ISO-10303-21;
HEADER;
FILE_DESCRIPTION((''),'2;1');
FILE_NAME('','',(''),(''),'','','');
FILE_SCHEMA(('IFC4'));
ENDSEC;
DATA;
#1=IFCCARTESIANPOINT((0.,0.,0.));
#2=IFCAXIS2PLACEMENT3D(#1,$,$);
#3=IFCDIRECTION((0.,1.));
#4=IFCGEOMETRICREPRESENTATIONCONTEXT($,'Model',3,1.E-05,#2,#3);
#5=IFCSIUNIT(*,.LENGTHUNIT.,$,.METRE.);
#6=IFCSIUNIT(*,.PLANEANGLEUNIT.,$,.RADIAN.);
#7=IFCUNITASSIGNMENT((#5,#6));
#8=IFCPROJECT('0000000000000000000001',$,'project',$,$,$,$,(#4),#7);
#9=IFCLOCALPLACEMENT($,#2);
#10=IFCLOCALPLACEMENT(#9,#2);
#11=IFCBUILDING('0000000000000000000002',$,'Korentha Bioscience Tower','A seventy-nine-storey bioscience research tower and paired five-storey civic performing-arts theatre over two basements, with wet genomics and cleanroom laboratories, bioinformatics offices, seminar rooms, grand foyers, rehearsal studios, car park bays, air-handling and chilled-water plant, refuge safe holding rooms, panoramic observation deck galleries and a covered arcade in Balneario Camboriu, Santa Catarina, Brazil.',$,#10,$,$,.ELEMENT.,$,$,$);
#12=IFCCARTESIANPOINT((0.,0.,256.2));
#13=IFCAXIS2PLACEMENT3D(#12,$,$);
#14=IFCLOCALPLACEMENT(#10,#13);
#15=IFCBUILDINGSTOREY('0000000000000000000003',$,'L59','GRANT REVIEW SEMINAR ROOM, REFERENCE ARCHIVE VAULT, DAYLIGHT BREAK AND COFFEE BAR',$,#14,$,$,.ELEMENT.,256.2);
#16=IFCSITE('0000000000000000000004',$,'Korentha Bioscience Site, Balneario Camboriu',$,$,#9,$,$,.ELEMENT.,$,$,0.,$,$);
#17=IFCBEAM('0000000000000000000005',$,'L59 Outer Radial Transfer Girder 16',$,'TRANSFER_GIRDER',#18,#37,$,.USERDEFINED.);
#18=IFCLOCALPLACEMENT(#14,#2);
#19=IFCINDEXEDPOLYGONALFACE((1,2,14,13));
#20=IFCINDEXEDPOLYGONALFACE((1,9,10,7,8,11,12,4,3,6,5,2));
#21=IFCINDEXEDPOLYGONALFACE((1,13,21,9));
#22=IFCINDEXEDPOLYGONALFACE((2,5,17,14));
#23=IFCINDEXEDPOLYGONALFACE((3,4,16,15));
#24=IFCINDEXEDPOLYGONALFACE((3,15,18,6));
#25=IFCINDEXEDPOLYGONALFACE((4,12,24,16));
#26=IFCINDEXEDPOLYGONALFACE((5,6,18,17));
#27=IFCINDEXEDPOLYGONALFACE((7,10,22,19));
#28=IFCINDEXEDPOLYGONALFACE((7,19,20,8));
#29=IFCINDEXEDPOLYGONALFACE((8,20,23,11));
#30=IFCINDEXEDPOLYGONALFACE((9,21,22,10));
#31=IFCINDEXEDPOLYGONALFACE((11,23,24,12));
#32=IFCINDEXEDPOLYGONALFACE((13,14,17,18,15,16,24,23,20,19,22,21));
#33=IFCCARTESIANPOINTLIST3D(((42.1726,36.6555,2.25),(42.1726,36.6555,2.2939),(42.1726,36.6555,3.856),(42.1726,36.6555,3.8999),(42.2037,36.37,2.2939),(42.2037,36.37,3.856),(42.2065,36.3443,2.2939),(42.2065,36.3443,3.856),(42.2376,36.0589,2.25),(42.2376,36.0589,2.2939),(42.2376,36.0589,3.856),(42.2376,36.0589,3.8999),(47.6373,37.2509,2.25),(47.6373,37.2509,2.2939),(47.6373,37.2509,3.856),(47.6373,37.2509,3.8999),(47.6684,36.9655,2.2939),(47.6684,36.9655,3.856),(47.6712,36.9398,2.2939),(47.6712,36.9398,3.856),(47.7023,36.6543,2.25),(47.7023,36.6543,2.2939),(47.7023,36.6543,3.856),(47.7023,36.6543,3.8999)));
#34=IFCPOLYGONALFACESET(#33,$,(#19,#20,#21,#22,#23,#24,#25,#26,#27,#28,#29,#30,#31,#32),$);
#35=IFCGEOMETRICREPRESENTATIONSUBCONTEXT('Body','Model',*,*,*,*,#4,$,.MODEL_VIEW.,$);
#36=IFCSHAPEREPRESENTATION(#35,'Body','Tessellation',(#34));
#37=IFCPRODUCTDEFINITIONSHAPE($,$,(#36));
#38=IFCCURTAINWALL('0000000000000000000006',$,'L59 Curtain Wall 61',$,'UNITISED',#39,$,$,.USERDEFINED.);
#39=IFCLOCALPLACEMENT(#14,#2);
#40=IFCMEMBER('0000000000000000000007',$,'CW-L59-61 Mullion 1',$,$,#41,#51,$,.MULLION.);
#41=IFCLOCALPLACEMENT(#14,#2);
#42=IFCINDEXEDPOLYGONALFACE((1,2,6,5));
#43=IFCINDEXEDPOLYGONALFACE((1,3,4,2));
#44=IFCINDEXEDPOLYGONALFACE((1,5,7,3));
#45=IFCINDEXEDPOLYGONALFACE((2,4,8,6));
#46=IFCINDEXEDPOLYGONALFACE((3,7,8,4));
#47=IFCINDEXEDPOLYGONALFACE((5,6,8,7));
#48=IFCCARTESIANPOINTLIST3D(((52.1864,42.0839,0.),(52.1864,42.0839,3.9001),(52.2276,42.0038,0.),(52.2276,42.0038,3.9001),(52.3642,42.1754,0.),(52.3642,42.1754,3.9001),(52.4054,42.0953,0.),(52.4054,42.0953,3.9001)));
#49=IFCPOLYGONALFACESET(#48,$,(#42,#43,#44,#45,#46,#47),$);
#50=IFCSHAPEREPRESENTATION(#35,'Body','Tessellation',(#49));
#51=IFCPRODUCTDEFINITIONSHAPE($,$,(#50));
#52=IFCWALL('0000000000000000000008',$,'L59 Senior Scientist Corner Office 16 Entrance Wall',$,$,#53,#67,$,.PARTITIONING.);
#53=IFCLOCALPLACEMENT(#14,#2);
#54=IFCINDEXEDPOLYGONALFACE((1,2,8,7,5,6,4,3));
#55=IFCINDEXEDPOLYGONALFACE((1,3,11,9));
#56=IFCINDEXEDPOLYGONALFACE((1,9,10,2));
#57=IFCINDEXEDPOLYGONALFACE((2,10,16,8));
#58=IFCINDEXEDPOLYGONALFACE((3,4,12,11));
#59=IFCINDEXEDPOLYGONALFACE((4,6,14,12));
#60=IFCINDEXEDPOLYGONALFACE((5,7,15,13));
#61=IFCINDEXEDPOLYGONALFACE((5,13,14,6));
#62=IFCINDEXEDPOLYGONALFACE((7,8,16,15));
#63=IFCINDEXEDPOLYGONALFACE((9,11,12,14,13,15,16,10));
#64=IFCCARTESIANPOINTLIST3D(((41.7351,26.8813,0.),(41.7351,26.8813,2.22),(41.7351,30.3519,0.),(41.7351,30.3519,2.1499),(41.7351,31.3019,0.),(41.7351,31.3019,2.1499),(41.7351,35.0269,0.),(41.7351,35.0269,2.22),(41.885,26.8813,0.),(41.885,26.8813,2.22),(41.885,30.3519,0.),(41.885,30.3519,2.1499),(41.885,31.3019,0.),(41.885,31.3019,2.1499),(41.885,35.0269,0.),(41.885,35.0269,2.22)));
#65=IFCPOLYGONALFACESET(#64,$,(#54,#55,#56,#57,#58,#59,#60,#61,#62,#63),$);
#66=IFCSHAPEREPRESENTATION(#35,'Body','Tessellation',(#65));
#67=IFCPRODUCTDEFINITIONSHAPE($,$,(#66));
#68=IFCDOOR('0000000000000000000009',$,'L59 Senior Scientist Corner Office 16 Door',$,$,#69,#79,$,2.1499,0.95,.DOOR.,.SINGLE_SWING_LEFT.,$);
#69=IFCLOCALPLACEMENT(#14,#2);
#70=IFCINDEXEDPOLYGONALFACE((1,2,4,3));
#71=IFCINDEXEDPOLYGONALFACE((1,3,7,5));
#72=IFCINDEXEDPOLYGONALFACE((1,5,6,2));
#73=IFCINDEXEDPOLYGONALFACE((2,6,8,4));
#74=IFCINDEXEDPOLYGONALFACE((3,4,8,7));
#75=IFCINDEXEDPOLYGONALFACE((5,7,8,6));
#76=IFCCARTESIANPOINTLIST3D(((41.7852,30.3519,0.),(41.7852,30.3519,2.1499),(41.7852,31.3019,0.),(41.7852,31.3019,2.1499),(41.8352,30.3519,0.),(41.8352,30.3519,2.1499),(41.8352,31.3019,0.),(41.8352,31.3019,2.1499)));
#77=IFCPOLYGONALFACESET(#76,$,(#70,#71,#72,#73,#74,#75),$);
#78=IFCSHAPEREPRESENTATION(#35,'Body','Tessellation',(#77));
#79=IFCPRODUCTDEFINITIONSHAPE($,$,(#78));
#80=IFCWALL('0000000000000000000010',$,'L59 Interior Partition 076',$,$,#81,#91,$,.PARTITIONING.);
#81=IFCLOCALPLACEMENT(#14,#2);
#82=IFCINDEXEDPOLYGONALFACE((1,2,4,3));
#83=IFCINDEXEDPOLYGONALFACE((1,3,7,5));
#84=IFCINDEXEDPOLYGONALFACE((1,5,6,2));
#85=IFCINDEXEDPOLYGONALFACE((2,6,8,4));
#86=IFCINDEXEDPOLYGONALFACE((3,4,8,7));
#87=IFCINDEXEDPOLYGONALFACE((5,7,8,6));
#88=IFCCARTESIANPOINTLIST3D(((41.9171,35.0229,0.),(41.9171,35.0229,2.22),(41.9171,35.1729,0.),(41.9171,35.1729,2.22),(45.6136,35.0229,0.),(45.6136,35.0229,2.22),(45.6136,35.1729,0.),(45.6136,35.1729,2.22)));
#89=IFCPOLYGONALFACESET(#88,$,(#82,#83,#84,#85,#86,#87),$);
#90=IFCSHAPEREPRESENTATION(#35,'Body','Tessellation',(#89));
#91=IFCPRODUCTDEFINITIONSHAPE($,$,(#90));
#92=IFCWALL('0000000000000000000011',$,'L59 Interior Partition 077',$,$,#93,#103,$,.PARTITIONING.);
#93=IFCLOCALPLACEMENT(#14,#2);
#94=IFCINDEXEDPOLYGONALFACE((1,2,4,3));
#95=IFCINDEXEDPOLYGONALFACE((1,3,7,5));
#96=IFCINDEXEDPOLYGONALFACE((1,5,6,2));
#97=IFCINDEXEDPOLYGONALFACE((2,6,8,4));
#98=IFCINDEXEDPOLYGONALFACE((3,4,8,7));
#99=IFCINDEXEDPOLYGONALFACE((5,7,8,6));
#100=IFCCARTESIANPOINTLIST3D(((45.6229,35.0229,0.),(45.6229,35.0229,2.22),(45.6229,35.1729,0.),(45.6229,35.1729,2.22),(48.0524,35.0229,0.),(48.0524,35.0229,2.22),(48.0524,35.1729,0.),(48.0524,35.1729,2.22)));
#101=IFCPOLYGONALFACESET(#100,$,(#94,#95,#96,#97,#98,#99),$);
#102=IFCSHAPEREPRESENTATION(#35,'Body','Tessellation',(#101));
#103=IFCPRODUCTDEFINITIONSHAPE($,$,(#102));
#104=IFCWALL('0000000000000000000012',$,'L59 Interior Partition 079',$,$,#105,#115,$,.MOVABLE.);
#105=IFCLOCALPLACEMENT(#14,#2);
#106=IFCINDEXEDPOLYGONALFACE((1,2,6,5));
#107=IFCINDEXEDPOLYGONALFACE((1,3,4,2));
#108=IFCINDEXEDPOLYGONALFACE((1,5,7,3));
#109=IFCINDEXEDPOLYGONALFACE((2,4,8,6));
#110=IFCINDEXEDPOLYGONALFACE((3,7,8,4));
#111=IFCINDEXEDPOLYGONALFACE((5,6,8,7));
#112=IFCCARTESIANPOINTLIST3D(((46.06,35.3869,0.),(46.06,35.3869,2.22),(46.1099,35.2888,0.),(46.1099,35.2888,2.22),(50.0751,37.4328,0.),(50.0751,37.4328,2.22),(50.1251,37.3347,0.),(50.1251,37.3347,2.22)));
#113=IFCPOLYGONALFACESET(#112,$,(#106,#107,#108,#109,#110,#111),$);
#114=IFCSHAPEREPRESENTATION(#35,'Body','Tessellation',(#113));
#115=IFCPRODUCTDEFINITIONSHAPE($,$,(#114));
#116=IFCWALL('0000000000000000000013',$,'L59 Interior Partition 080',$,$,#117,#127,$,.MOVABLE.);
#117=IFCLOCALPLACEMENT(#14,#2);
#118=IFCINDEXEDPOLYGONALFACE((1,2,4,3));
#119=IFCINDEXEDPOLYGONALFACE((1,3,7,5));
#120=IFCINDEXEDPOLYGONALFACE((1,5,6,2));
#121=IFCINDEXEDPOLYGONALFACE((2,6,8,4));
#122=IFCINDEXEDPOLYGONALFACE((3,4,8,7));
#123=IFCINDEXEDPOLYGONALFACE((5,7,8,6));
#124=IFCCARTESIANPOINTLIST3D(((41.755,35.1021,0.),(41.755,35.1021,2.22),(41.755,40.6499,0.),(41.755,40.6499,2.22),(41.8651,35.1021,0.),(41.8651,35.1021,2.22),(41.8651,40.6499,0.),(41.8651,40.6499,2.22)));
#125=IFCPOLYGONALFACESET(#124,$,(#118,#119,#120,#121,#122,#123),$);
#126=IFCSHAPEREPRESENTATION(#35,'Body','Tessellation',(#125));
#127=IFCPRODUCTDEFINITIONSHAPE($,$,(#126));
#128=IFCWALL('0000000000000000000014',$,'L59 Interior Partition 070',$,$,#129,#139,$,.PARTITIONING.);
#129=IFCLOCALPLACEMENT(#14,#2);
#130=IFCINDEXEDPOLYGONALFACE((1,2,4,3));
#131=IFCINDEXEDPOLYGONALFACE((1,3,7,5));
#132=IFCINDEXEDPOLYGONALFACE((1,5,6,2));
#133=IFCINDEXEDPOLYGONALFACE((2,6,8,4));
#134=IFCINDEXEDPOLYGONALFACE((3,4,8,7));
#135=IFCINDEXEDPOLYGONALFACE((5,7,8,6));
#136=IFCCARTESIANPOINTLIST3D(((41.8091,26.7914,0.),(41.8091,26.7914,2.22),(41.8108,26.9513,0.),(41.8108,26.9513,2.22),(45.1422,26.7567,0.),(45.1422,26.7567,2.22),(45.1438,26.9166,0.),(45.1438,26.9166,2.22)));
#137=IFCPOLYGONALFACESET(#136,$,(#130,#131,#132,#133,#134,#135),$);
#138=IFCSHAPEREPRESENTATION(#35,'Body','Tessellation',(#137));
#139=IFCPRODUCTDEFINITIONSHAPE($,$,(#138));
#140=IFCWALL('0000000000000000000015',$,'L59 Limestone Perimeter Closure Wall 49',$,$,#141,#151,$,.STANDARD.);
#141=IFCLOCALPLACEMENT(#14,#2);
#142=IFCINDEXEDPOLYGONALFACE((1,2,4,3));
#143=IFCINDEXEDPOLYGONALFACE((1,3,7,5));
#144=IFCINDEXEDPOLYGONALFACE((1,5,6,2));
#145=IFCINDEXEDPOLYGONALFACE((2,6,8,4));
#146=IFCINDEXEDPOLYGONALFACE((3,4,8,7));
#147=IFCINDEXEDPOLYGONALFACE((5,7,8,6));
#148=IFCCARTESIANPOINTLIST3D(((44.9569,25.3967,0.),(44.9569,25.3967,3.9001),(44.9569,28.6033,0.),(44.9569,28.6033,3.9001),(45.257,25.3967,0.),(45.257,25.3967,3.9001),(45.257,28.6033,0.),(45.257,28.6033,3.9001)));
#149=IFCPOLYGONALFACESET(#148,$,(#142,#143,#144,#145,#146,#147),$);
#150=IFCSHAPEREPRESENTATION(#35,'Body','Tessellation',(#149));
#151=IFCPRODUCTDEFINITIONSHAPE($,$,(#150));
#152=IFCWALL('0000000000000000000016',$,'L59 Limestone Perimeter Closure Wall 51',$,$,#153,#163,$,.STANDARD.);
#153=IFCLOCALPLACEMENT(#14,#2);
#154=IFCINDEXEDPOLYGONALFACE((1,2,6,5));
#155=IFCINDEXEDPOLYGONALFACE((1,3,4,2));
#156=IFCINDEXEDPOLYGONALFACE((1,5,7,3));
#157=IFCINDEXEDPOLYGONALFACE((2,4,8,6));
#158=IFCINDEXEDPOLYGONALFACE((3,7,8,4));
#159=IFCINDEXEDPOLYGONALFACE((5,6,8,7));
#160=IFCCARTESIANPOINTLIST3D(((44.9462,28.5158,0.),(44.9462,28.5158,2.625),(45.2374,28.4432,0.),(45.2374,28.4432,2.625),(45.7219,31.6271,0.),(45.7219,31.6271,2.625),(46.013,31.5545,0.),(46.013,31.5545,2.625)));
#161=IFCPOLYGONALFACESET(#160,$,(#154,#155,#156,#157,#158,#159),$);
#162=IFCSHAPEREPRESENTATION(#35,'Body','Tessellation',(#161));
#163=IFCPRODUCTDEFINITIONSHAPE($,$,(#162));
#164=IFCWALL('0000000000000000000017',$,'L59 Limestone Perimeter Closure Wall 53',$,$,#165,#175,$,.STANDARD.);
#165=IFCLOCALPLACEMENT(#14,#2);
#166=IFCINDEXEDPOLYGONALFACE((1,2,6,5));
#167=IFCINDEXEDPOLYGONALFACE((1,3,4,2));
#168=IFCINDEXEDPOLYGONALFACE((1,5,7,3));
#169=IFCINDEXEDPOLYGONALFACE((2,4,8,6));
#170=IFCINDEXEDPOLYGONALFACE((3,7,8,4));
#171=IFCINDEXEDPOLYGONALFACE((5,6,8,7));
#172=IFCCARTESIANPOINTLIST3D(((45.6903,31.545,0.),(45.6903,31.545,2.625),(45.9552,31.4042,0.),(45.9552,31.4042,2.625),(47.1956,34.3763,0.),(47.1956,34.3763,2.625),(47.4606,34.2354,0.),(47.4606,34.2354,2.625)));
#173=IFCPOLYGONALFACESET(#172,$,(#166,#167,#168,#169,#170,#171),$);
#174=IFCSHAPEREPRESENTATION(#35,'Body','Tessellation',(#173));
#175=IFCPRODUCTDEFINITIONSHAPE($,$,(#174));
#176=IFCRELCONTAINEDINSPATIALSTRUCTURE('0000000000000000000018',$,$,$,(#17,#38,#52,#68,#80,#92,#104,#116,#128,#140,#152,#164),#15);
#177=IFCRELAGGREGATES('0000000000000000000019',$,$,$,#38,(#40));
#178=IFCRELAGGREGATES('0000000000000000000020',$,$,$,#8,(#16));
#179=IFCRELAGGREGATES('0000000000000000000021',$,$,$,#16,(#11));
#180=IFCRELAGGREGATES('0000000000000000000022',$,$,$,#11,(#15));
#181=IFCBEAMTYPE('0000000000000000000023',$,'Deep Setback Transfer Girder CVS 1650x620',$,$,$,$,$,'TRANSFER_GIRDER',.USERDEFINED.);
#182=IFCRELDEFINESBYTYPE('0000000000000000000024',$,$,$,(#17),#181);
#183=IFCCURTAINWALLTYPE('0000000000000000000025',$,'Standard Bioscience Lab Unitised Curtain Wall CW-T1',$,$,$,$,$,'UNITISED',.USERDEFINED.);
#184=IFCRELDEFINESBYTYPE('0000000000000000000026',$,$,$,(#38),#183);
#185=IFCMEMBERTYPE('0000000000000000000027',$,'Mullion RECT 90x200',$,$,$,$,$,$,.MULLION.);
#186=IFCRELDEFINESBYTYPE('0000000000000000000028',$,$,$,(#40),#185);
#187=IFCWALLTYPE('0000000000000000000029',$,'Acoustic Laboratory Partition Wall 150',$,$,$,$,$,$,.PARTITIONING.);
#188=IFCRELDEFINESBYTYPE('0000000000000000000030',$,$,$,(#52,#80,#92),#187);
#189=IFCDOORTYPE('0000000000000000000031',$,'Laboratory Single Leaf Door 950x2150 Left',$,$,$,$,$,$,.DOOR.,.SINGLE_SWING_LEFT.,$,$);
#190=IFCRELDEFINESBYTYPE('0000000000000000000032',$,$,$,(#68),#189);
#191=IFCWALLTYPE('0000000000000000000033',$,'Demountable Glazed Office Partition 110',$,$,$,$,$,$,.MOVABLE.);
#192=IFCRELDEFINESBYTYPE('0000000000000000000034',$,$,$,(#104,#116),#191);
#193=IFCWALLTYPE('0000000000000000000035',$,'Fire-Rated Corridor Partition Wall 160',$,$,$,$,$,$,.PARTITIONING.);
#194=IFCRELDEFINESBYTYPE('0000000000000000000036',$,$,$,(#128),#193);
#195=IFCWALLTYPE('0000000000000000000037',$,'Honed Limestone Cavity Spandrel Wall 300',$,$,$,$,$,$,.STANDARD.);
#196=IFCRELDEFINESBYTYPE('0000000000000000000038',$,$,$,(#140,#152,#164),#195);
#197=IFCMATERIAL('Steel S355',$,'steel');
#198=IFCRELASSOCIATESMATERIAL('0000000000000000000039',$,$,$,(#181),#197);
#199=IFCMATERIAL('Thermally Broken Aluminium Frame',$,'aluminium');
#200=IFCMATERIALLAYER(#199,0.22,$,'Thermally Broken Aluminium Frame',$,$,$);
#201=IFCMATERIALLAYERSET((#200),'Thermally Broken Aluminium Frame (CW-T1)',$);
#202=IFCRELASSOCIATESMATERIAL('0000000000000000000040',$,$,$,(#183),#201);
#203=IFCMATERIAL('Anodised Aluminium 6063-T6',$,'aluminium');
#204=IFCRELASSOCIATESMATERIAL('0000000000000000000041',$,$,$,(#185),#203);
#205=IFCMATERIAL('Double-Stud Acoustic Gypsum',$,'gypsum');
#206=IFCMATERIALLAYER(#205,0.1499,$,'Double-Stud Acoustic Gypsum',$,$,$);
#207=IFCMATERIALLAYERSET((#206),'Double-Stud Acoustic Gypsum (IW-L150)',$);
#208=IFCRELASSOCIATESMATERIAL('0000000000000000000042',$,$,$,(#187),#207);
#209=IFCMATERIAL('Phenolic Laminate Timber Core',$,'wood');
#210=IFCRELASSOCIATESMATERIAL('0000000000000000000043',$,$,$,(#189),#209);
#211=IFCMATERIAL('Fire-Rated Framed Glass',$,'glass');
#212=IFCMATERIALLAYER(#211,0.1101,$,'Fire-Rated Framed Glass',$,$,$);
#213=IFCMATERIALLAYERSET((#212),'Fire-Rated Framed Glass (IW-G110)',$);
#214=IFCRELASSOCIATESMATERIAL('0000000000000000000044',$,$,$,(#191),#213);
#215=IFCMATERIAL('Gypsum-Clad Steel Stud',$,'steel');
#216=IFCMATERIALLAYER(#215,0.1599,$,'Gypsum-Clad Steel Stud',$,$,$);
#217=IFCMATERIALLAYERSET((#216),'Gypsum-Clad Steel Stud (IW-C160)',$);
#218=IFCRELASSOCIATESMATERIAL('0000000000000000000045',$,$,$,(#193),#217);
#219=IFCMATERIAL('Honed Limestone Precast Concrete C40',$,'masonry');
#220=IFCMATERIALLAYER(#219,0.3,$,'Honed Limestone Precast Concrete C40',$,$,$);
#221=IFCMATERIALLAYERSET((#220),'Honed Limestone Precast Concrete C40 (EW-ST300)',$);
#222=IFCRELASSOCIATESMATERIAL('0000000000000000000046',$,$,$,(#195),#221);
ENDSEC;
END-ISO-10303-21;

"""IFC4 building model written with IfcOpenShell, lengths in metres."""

from ifc_helpers import new_model, si_unit, direction, frame, frame_2d, origin, origin_2d, place, context, subcontext, project, spatial, rectangle, i_section, extrude, material, layer, layer_set, material_profile, profile_set, type_object, element, fill, aggregate, save


model = new_model("IFC4")

# Units and contexts
model_context = context("Model", 3, precision=1e-05, world=origin(), true_north=direction((0.0, 1.0)))
body_context = subcontext(model_context, "Body", "Model", "MODEL_VIEW")
ifc_project = project(units=[si_unit("LENGTHUNIT", "METRE"), si_unit("PLANEANGLEUNIT", "RADIAN")], contexts=[model_context])

# Site, building, storey
site_placement = place(None, origin())
site = spatial("IfcSite", under=ifc_project, at=site_placement, Name="Korentha Bioscience Site, Balneario Camboriu", CompositionType="ELEMENT", RefElevation=0.0)
building_placement = place(site_placement, origin())
building = spatial("IfcBuilding", under=site, at=building_placement, Name="Korentha Bioscience Tower", Description="A seventy-nine-storey bioscience research tower and paired five-storey civic performing-arts theatre over two basements, with wet genomics and cleanroom laboratories, bioinformatics offices, seminar rooms, grand foyers, rehearsal studios, car park bays, air-handling and chilled-water plant, refuge safe holding rooms, panoramic observation deck galleries and a covered arcade in Balneario Camboriu, Santa Catarina, Brazil.", CompositionType="ELEMENT")
storey_placement = place(building_placement, frame((0.0, 0.0, 256.2)))
storey = spatial("IfcBuildingStorey", under=building, at=storey_placement, Name="L59", Description="GRANT REVIEW SEMINAR ROOM, REFERENCE ARCHIVE VAULT, DAYLIGHT BREAK AND COFFEE BAR", CompositionType="ELEMENT", Elevation=256.2)

# Beam
ifc_material_1 = material(Name="Steel S355", Category="steel")
ifc_material_profile_1 = material_profile(ifc_material_1, i_section(OverallWidth=0.6001, OverallDepth=1.6499, WebThickness=0.0259, FlangeThickness=0.0439, at=origin_2d()), Name="Steel S355")
ifc_profile_set_1 = profile_set([ifc_material_profile_1], Name="Steel S355 (TG-04)")
beam_type_1 = type_object("IfcBeamType", Name="Deep Setback Transfer Girder CVS 1650x620", ElementType="TRANSFER_GIRDER", PredefinedType="USERDEFINED", material=ifc_profile_set_1)
beam_1_placement = place(storey_placement, frame((42.2051, 36.3572, 3.075), z_axis=(0.994116, 0.108321, 0.0), x_axis=(-0.108321, 0.994116, 0.0)))
element("IfcBeam", 1, at=beam_1_placement, inside=storey, type_object=beam_type_1, Name="L59 Outer Radial Transfer Girder 16", ObjectType="TRANSFER_GIRDER", PredefinedType="USERDEFINED", context=body_context, shape_type="SweptSolid", body=[
    extrude(i_section(OverallWidth=0.6001, OverallDepth=1.6499, WebThickness=0.0259, FlangeThickness=0.0439, at=origin_2d()), origin(), (0.0, 0.0, 1.0), 5.4971),
])

# Curtain wall, member
ifc_material_2 = material(Name="Thermally Broken Aluminium Frame", Category="aluminium")
ifc_layer_1 = layer(ifc_material_2, 0.22, Name="Thermally Broken Aluminium Frame")
ifc_layer_set_1 = layer_set([ifc_layer_1], Name="Thermally Broken Aluminium Frame (CW-T1)")
curtain_wall_type = type_object("IfcCurtainWallType", Name="Standard Bioscience Lab Unitised Curtain Wall CW-T1", ElementType="UNITISED", PredefinedType="USERDEFINED", material=ifc_layer_set_1)
curtain_wall_placement = place(storey_placement, origin())
curtain_wall = element("IfcCurtainWall", 2, at=curtain_wall_placement, inside=storey, type_object=curtain_wall_type, Name="L59 Curtain Wall 61", ObjectType="UNITISED", PredefinedType="USERDEFINED")
ifc_material_3 = material(Name="Anodised Aluminium 6063-T6", Category="aluminium")
ifc_material_profile_2 = material_profile(ifc_material_3, rectangle(XDim=0.0901, YDim=0.2, at=origin_2d()), Name="Anodised Aluminium 6063-T6")
ifc_profile_set_2 = profile_set([ifc_material_profile_2], Name="Anodised Aluminium 6063-T6 (CW-MUL)")
member_type = type_object("IfcMemberType", Name="Mullion RECT 90x200", PredefinedType="MULLION", material=ifc_profile_set_2)
member_placement = place(storey_placement, frame((52.2959, 42.0896, 0.0), z_axis=(0.0, 0.0, 1.0), x_axis=(-0.45757, 0.889174, 0.0)))
member = element("IfcMember", 3, at=member_placement, type_object=member_type, Name="CW-L59-61 Mullion 1", PredefinedType="MULLION", context=body_context, shape_type="SweptSolid", body=[
    extrude(rectangle(XDim=0.0901, YDim=0.2, at=origin_2d()), origin(), (0.0, 0.0, 1.0), 3.9001),
])
aggregate(curtain_wall, [member])

# Wall, opening, door
ifc_material_4 = material(Name="Double-Stud Acoustic Gypsum", Category="gypsum")
ifc_layer_2 = layer(ifc_material_4, 0.1499, Name="Double-Stud Acoustic Gypsum")
ifc_layer_set_2 = layer_set([ifc_layer_2], Name="Double-Stud Acoustic Gypsum (IW-L150)")
wall_type_1 = type_object("IfcWallType", Name="Acoustic Laboratory Partition Wall 150", PredefinedType="PARTITIONING", material=ifc_layer_set_2)
wall_1_placement = place(storey_placement, frame((41.8101, 26.8813, 0.0), z_axis=(0.0, 0.0, 1.0), x_axis=(0.0, 1.0, 0.0)))
wall_1 = element("IfcWall", 4, at=wall_1_placement, inside=storey, type_object=wall_type_1, Name="L59 Senior Scientist Corner Office 16 Entrance Wall", PredefinedType="PARTITIONING", context=body_context, shape_type="SweptSolid", body=[
    extrude(rectangle(XDim=8.1455, YDim=0.1499, at=frame_2d((4.0728, 0.0))), origin(), (0.0, 0.0, 1.0), 2.22),
])
opening_1_placement = place(wall_1_placement, frame((3.4705, 0.0, 0.0)))
opening_1 = element("IfcOpeningElement", 5, at=opening_1_placement, cuts=wall_1, PredefinedType="OPENING", context=body_context, shape_type="SweptSolid", body=[
    extrude(rectangle(XDim=0.95, YDim=2.1499, at=frame_2d((0.4751, 1.075))), frame((0.0, 0.0898, 0.0), z_axis=(0.0, -1.0, 0.0), x_axis=(1.0, 0.0, 0.0)), (0.0, 0.0, 1.0), 0.1797),
])
ifc_material_5 = material(Name="Phenolic Laminate Timber Core", Category="wood")
door_type_1 = type_object("IfcDoorType", Name="Laboratory Single Leaf Door 950x2150 Left", OperationType="SINGLE_SWING_LEFT", PredefinedType="DOOR", material=ifc_material_5)
door_1_placement = place(opening_1_placement, origin())
door_1 = element("IfcDoor", 6, at=door_1_placement, inside=storey, type_object=door_type_1, Name="L59 Senior Scientist Corner Office 16 Door", OperationType="SINGLE_SWING_LEFT", OverallHeight=2.1499, OverallWidth=0.95, PredefinedType="DOOR", context=body_context, shape_type="SweptSolid", body=[
    extrude(rectangle(XDim=0.95, YDim=2.1499, at=frame_2d((0.4751, 1.075))), frame((0.0, 0.0249, 0.0), z_axis=(0.0, -1.0, 0.0), x_axis=(1.0, 0.0, 0.0)), (0.0, 0.0, 1.0), 0.05),
])
fill(opening_1, door_1)

# Walls
wall_2_placement = place(storey_placement, frame((41.9172, 35.0979, 0.0), z_axis=(0.0, 0.0, 1.0), x_axis=(1.0, 0.0, 0.0)))
element("IfcWall", 7, at=wall_2_placement, inside=storey, type_object=wall_type_1, Name="L59 Interior Partition 076", PredefinedType="PARTITIONING", context=body_context, shape_type="SweptSolid", body=[
    extrude(rectangle(XDim=3.6965, YDim=0.1499, at=frame_2d((1.8481, 0.0))), origin(), (0.0, 0.0, 1.0), 2.22),
])
wall_3_placement = place(storey_placement, frame((45.6228, 35.0979, 0.0), z_axis=(0.0, 0.0, 1.0), x_axis=(1.0, 0.0, 0.0)))
element("IfcWall", 8, at=wall_3_placement, inside=storey, type_object=wall_type_1, Name="L59 Interior Partition 077", PredefinedType="PARTITIONING", context=body_context, shape_type="SweptSolid", body=[
    extrude(rectangle(XDim=2.4294, YDim=0.1499, at=frame_2d((1.2148, 0.0))), origin(), (0.0, 0.0, 1.0), 2.22),
])

# Shared definitions
ifc_material_6 = material(Name="Fire-Rated Framed Glass", Category="glass")
ifc_layer_3 = layer(ifc_material_6, 0.1101, Name="Fire-Rated Framed Glass")
ifc_layer_set_3 = layer_set([ifc_layer_3], Name="Fire-Rated Framed Glass (IW-G110)")
wall_type_2 = type_object("IfcWallType", Name="Demountable Glazed Office Partition 110", PredefinedType="MOVABLE", material=ifc_layer_set_3)

# Walls
wall_4_placement = place(storey_placement, frame((50.1001, 37.3838, 0.0), z_axis=(0.0, 0.0, 1.0), x_axis=(-0.890999, -0.454005, 0.0)))
element("IfcWall", 9, at=wall_4_placement, inside=storey, type_object=wall_type_2, Name="L59 Interior Partition 079", PredefinedType="MOVABLE", context=body_context, shape_type="SweptSolid", body=[
    extrude(rectangle(XDim=4.5063, YDim=0.1101, at=frame_2d((2.2532, 0.0))), origin(), (0.0, 0.0, 1.0), 2.22),
])
wall_5_placement = place(storey_placement, frame((41.8101, 35.1021, 0.0), z_axis=(0.0, 0.0, 1.0), x_axis=(0.0, 1.0, 0.0)))
element("IfcWall", 10, at=wall_5_placement, inside=storey, type_object=wall_type_2, Name="L59 Interior Partition 080", PredefinedType="MOVABLE", context=body_context, shape_type="SweptSolid", body=[
    extrude(rectangle(XDim=5.5479, YDim=0.1101, at=frame_2d((2.7739, 0.0))), origin(), (0.0, 0.0, 1.0), 2.22),
])
ifc_material_7 = material(Name="Gypsum-Clad Steel Stud", Category="steel")
ifc_layer_4 = layer(ifc_material_7, 0.1599, Name="Gypsum-Clad Steel Stud")
ifc_layer_set_4 = layer_set([ifc_layer_4], Name="Gypsum-Clad Steel Stud (IW-C160)")
wall_type_3 = type_object("IfcWallType", Name="Fire-Rated Corridor Partition Wall 160", PredefinedType="PARTITIONING", material=ifc_layer_set_4)
wall_6_placement = place(storey_placement, frame((41.8101, 26.8713, 0.0), z_axis=(0.0, 0.0, 1.0), x_axis=(0.999946, -0.010401, 0.0)))
element("IfcWall", 11, at=wall_6_placement, inside=storey, type_object=wall_type_3, Name="L59 Interior Partition 070", PredefinedType="PARTITIONING", context=body_context, shape_type="SweptSolid", body=[
    extrude(rectangle(XDim=3.3333, YDim=0.1599, at=frame_2d((1.6665, 0.0))), origin(), (0.0, 0.0, 1.0), 2.22),
])
ifc_material_8 = material(Name="Honed Limestone Precast Concrete C40", Category="masonry")
ifc_layer_5 = layer(ifc_material_8, 0.3, Name="Honed Limestone Precast Concrete C40")
ifc_layer_set_5 = layer_set([ifc_layer_5], Name="Honed Limestone Precast Concrete C40 (EW-ST300)")
wall_type_4 = type_object("IfcWallType", Name="Honed Limestone Cavity Spandrel Wall 300", PredefinedType="STANDARD", material=ifc_layer_set_5)
wall_7_placement = place(storey_placement, frame((45.1069, 25.3967, 0.0), z_axis=(0.0, 0.0, 1.0), x_axis=(0.0, 1.0, 0.0)))
element("IfcWall", 12, at=wall_7_placement, inside=storey, type_object=wall_type_4, Name="L59 Limestone Perimeter Closure Wall 49", PredefinedType="STANDARD", context=body_context, shape_type="SweptSolid", body=[
    extrude(rectangle(XDim=3.2065, YDim=0.3, at=frame_2d((1.6033, 0.0))), origin(), (0.0, 0.0, 1.0), 3.9001),
])
for number, where, z_axis, x_axis, name in (
    (13, (45.0918, 28.4795, 0.0), (0.0, 0.0, 1.0), (0.241891, 0.970304, 0.0), "L59 Limestone Perimeter Closure Wall 51"),
    (14, (45.8228, 31.4746, 0.0), (0.0, 0.0, 1.0), (0.469458, 0.882955, 0.0), "L59 Limestone Perimeter Closure Wall 53"),
):
    element("IfcWall", number, at=place(storey_placement, frame(where, z_axis=z_axis, x_axis=x_axis)), inside=storey, type_object=wall_type_4, Name=name, PredefinedType="STANDARD", context=body_context, shape_type="SweptSolid", body=[
        extrude(rectangle(XDim=3.2065, YDim=0.3, at=frame_2d((1.6033, 0.0))), origin(), (0.0, 0.0, 1.0), 2.625),
    ])

save(model, "model.ifc")
